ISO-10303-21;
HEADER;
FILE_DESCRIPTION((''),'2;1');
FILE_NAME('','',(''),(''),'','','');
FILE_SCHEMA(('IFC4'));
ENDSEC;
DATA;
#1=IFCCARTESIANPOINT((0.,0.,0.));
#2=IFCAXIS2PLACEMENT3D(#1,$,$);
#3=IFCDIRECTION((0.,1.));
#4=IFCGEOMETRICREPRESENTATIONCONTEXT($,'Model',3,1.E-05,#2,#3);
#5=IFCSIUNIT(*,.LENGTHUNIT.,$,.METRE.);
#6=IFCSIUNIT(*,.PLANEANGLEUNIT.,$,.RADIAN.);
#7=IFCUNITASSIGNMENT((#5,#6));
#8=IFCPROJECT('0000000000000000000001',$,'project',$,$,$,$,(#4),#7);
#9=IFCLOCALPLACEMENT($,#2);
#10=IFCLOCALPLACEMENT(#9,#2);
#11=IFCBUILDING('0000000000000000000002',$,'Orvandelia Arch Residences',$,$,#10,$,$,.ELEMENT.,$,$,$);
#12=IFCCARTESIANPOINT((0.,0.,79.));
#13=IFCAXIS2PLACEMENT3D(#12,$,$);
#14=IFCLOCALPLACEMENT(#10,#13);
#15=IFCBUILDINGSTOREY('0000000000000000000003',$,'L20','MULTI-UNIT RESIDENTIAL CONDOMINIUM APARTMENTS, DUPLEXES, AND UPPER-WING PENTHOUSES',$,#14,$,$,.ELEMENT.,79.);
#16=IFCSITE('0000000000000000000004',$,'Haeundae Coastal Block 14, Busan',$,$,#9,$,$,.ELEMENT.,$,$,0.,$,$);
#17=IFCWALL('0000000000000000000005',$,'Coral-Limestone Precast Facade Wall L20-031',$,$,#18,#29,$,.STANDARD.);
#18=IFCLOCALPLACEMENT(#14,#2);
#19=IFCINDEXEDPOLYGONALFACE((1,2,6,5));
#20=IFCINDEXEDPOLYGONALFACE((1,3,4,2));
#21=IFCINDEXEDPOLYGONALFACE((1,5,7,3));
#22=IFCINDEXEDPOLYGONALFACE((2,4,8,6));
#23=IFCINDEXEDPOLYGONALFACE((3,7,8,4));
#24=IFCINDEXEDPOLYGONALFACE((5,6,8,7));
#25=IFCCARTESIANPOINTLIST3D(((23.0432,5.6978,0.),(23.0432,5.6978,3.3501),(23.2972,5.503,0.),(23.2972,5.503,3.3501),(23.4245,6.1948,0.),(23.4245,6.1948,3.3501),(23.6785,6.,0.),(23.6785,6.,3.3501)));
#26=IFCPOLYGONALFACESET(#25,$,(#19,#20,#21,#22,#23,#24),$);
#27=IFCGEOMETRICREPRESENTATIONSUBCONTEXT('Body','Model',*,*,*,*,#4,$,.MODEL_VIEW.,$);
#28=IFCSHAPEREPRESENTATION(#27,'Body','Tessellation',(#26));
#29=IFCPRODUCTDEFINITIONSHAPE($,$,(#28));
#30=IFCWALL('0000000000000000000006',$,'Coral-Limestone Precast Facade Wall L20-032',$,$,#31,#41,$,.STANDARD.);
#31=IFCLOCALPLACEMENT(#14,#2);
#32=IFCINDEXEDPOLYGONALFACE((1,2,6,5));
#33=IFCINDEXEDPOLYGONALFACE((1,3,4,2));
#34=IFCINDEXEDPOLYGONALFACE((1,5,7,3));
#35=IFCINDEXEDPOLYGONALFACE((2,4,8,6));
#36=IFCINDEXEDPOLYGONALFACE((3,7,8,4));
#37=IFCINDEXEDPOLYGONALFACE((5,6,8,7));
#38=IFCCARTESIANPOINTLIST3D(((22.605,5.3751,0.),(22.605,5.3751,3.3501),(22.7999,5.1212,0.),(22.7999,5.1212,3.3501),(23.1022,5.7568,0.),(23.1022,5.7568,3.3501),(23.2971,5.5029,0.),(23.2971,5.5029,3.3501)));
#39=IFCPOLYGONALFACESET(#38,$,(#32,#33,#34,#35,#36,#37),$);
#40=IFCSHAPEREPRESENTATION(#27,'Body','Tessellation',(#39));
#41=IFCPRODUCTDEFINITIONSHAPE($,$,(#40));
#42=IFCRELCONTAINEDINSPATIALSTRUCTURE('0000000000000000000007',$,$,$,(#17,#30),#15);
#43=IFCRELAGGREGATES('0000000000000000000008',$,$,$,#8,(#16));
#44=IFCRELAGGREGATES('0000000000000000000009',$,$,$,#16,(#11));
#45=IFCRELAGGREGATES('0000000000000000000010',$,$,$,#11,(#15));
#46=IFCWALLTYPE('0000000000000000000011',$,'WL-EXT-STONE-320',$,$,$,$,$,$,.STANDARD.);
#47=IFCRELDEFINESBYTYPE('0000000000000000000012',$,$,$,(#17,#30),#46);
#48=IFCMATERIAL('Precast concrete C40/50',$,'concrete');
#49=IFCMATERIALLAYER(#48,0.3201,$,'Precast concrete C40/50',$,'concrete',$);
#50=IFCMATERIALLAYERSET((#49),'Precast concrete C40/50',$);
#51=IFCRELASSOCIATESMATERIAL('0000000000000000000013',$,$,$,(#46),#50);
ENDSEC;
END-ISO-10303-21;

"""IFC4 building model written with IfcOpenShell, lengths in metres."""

from ifc_helpers import new_model, si_unit, direction, frame, frame_2d, origin, place, context, subcontext, project, spatial, rectangle, extrude, material, layer, layer_set, type_object, element, save


model = new_model("IFC4")

# Units and contexts
model_context = context("Model", 3, precision=1e-05, world=origin(), true_north=direction((0.0, 1.0)))
body_context = subcontext(model_context, "Body", "Model", "MODEL_VIEW")
ifc_project = project(units=[si_unit("LENGTHUNIT", "METRE"), si_unit("PLANEANGLEUNIT", "RADIAN")], contexts=[model_context])

# Site, building, storey
site_placement = place(None, origin())
site = spatial("IfcSite", under=ifc_project, at=site_placement, Name="Haeundae Coastal Block 14, Busan", CompositionType="ELEMENT", RefElevation=0.0)
building_placement = place(site_placement, origin())
building = spatial("IfcBuilding", under=site, at=building_placement, Name="Orvandelia Arch Residences", CompositionType="ELEMENT")
storey_placement = place(building_placement, frame((0.0, 0.0, 79.0)))
storey = spatial("IfcBuildingStorey", under=building, at=storey_placement, Name="L20", Description="MULTI-UNIT RESIDENTIAL CONDOMINIUM APARTMENTS, DUPLEXES, AND UPPER-WING PENTHOUSES", CompositionType="ELEMENT", Elevation=79.0)

# Shared definitions
ifc_material_1 = material(Name="Precast concrete C40/50", Category="concrete")
ifc_layer = layer(ifc_material_1, 0.3201, Name="Precast concrete C40/50", Category="concrete")
ifc_layer_set = layer_set([ifc_layer], Name="Precast concrete C40/50")
wall_type = type_object("IfcWallType", Name="WL-EXT-STONE-320", PredefinedType="STANDARD", material=ifc_layer_set)

# Walls
wall_1_placement = place(storey_placement, frame((23.5515, 6.0974, 0.0), z_axis=(0.0, 0.0, 1.0), x_axis=(-0.608693, -0.793406, 0.0)))
element("IfcWall", 1, at=wall_1_placement, inside=storey, type_object=wall_type, Name="Coral-Limestone Precast Facade Wall L20-031", PredefinedType="STANDARD", context=body_context, shape_type="SweptSolid", body=[
    extrude(rectangle(XDim=0.6265, YDim=0.3201, at=frame_2d((0.3132, 0.0))), origin(), (0.0, 0.0, 1.0), 3.3501),
])
wall_2_placement = place(storey_placement, frame((23.1997, 5.6299, 0.0), z_axis=(0.0, 0.0, 1.0), x_axis=(-0.793217, -0.608939, 0.0)))
element("IfcWall", 2, at=wall_2_placement, inside=storey, type_object=wall_type, Name="Coral-Limestone Precast Facade Wall L20-032", PredefinedType="STANDARD", context=body_context, shape_type="SweptSolid", body=[
    extrude(rectangle(XDim=0.6267, YDim=0.3201, at=frame_2d((0.3135, 0.0))), origin(), (0.0, 0.0, 1.0), 3.3501),
])

save(model, "model.ifc")
